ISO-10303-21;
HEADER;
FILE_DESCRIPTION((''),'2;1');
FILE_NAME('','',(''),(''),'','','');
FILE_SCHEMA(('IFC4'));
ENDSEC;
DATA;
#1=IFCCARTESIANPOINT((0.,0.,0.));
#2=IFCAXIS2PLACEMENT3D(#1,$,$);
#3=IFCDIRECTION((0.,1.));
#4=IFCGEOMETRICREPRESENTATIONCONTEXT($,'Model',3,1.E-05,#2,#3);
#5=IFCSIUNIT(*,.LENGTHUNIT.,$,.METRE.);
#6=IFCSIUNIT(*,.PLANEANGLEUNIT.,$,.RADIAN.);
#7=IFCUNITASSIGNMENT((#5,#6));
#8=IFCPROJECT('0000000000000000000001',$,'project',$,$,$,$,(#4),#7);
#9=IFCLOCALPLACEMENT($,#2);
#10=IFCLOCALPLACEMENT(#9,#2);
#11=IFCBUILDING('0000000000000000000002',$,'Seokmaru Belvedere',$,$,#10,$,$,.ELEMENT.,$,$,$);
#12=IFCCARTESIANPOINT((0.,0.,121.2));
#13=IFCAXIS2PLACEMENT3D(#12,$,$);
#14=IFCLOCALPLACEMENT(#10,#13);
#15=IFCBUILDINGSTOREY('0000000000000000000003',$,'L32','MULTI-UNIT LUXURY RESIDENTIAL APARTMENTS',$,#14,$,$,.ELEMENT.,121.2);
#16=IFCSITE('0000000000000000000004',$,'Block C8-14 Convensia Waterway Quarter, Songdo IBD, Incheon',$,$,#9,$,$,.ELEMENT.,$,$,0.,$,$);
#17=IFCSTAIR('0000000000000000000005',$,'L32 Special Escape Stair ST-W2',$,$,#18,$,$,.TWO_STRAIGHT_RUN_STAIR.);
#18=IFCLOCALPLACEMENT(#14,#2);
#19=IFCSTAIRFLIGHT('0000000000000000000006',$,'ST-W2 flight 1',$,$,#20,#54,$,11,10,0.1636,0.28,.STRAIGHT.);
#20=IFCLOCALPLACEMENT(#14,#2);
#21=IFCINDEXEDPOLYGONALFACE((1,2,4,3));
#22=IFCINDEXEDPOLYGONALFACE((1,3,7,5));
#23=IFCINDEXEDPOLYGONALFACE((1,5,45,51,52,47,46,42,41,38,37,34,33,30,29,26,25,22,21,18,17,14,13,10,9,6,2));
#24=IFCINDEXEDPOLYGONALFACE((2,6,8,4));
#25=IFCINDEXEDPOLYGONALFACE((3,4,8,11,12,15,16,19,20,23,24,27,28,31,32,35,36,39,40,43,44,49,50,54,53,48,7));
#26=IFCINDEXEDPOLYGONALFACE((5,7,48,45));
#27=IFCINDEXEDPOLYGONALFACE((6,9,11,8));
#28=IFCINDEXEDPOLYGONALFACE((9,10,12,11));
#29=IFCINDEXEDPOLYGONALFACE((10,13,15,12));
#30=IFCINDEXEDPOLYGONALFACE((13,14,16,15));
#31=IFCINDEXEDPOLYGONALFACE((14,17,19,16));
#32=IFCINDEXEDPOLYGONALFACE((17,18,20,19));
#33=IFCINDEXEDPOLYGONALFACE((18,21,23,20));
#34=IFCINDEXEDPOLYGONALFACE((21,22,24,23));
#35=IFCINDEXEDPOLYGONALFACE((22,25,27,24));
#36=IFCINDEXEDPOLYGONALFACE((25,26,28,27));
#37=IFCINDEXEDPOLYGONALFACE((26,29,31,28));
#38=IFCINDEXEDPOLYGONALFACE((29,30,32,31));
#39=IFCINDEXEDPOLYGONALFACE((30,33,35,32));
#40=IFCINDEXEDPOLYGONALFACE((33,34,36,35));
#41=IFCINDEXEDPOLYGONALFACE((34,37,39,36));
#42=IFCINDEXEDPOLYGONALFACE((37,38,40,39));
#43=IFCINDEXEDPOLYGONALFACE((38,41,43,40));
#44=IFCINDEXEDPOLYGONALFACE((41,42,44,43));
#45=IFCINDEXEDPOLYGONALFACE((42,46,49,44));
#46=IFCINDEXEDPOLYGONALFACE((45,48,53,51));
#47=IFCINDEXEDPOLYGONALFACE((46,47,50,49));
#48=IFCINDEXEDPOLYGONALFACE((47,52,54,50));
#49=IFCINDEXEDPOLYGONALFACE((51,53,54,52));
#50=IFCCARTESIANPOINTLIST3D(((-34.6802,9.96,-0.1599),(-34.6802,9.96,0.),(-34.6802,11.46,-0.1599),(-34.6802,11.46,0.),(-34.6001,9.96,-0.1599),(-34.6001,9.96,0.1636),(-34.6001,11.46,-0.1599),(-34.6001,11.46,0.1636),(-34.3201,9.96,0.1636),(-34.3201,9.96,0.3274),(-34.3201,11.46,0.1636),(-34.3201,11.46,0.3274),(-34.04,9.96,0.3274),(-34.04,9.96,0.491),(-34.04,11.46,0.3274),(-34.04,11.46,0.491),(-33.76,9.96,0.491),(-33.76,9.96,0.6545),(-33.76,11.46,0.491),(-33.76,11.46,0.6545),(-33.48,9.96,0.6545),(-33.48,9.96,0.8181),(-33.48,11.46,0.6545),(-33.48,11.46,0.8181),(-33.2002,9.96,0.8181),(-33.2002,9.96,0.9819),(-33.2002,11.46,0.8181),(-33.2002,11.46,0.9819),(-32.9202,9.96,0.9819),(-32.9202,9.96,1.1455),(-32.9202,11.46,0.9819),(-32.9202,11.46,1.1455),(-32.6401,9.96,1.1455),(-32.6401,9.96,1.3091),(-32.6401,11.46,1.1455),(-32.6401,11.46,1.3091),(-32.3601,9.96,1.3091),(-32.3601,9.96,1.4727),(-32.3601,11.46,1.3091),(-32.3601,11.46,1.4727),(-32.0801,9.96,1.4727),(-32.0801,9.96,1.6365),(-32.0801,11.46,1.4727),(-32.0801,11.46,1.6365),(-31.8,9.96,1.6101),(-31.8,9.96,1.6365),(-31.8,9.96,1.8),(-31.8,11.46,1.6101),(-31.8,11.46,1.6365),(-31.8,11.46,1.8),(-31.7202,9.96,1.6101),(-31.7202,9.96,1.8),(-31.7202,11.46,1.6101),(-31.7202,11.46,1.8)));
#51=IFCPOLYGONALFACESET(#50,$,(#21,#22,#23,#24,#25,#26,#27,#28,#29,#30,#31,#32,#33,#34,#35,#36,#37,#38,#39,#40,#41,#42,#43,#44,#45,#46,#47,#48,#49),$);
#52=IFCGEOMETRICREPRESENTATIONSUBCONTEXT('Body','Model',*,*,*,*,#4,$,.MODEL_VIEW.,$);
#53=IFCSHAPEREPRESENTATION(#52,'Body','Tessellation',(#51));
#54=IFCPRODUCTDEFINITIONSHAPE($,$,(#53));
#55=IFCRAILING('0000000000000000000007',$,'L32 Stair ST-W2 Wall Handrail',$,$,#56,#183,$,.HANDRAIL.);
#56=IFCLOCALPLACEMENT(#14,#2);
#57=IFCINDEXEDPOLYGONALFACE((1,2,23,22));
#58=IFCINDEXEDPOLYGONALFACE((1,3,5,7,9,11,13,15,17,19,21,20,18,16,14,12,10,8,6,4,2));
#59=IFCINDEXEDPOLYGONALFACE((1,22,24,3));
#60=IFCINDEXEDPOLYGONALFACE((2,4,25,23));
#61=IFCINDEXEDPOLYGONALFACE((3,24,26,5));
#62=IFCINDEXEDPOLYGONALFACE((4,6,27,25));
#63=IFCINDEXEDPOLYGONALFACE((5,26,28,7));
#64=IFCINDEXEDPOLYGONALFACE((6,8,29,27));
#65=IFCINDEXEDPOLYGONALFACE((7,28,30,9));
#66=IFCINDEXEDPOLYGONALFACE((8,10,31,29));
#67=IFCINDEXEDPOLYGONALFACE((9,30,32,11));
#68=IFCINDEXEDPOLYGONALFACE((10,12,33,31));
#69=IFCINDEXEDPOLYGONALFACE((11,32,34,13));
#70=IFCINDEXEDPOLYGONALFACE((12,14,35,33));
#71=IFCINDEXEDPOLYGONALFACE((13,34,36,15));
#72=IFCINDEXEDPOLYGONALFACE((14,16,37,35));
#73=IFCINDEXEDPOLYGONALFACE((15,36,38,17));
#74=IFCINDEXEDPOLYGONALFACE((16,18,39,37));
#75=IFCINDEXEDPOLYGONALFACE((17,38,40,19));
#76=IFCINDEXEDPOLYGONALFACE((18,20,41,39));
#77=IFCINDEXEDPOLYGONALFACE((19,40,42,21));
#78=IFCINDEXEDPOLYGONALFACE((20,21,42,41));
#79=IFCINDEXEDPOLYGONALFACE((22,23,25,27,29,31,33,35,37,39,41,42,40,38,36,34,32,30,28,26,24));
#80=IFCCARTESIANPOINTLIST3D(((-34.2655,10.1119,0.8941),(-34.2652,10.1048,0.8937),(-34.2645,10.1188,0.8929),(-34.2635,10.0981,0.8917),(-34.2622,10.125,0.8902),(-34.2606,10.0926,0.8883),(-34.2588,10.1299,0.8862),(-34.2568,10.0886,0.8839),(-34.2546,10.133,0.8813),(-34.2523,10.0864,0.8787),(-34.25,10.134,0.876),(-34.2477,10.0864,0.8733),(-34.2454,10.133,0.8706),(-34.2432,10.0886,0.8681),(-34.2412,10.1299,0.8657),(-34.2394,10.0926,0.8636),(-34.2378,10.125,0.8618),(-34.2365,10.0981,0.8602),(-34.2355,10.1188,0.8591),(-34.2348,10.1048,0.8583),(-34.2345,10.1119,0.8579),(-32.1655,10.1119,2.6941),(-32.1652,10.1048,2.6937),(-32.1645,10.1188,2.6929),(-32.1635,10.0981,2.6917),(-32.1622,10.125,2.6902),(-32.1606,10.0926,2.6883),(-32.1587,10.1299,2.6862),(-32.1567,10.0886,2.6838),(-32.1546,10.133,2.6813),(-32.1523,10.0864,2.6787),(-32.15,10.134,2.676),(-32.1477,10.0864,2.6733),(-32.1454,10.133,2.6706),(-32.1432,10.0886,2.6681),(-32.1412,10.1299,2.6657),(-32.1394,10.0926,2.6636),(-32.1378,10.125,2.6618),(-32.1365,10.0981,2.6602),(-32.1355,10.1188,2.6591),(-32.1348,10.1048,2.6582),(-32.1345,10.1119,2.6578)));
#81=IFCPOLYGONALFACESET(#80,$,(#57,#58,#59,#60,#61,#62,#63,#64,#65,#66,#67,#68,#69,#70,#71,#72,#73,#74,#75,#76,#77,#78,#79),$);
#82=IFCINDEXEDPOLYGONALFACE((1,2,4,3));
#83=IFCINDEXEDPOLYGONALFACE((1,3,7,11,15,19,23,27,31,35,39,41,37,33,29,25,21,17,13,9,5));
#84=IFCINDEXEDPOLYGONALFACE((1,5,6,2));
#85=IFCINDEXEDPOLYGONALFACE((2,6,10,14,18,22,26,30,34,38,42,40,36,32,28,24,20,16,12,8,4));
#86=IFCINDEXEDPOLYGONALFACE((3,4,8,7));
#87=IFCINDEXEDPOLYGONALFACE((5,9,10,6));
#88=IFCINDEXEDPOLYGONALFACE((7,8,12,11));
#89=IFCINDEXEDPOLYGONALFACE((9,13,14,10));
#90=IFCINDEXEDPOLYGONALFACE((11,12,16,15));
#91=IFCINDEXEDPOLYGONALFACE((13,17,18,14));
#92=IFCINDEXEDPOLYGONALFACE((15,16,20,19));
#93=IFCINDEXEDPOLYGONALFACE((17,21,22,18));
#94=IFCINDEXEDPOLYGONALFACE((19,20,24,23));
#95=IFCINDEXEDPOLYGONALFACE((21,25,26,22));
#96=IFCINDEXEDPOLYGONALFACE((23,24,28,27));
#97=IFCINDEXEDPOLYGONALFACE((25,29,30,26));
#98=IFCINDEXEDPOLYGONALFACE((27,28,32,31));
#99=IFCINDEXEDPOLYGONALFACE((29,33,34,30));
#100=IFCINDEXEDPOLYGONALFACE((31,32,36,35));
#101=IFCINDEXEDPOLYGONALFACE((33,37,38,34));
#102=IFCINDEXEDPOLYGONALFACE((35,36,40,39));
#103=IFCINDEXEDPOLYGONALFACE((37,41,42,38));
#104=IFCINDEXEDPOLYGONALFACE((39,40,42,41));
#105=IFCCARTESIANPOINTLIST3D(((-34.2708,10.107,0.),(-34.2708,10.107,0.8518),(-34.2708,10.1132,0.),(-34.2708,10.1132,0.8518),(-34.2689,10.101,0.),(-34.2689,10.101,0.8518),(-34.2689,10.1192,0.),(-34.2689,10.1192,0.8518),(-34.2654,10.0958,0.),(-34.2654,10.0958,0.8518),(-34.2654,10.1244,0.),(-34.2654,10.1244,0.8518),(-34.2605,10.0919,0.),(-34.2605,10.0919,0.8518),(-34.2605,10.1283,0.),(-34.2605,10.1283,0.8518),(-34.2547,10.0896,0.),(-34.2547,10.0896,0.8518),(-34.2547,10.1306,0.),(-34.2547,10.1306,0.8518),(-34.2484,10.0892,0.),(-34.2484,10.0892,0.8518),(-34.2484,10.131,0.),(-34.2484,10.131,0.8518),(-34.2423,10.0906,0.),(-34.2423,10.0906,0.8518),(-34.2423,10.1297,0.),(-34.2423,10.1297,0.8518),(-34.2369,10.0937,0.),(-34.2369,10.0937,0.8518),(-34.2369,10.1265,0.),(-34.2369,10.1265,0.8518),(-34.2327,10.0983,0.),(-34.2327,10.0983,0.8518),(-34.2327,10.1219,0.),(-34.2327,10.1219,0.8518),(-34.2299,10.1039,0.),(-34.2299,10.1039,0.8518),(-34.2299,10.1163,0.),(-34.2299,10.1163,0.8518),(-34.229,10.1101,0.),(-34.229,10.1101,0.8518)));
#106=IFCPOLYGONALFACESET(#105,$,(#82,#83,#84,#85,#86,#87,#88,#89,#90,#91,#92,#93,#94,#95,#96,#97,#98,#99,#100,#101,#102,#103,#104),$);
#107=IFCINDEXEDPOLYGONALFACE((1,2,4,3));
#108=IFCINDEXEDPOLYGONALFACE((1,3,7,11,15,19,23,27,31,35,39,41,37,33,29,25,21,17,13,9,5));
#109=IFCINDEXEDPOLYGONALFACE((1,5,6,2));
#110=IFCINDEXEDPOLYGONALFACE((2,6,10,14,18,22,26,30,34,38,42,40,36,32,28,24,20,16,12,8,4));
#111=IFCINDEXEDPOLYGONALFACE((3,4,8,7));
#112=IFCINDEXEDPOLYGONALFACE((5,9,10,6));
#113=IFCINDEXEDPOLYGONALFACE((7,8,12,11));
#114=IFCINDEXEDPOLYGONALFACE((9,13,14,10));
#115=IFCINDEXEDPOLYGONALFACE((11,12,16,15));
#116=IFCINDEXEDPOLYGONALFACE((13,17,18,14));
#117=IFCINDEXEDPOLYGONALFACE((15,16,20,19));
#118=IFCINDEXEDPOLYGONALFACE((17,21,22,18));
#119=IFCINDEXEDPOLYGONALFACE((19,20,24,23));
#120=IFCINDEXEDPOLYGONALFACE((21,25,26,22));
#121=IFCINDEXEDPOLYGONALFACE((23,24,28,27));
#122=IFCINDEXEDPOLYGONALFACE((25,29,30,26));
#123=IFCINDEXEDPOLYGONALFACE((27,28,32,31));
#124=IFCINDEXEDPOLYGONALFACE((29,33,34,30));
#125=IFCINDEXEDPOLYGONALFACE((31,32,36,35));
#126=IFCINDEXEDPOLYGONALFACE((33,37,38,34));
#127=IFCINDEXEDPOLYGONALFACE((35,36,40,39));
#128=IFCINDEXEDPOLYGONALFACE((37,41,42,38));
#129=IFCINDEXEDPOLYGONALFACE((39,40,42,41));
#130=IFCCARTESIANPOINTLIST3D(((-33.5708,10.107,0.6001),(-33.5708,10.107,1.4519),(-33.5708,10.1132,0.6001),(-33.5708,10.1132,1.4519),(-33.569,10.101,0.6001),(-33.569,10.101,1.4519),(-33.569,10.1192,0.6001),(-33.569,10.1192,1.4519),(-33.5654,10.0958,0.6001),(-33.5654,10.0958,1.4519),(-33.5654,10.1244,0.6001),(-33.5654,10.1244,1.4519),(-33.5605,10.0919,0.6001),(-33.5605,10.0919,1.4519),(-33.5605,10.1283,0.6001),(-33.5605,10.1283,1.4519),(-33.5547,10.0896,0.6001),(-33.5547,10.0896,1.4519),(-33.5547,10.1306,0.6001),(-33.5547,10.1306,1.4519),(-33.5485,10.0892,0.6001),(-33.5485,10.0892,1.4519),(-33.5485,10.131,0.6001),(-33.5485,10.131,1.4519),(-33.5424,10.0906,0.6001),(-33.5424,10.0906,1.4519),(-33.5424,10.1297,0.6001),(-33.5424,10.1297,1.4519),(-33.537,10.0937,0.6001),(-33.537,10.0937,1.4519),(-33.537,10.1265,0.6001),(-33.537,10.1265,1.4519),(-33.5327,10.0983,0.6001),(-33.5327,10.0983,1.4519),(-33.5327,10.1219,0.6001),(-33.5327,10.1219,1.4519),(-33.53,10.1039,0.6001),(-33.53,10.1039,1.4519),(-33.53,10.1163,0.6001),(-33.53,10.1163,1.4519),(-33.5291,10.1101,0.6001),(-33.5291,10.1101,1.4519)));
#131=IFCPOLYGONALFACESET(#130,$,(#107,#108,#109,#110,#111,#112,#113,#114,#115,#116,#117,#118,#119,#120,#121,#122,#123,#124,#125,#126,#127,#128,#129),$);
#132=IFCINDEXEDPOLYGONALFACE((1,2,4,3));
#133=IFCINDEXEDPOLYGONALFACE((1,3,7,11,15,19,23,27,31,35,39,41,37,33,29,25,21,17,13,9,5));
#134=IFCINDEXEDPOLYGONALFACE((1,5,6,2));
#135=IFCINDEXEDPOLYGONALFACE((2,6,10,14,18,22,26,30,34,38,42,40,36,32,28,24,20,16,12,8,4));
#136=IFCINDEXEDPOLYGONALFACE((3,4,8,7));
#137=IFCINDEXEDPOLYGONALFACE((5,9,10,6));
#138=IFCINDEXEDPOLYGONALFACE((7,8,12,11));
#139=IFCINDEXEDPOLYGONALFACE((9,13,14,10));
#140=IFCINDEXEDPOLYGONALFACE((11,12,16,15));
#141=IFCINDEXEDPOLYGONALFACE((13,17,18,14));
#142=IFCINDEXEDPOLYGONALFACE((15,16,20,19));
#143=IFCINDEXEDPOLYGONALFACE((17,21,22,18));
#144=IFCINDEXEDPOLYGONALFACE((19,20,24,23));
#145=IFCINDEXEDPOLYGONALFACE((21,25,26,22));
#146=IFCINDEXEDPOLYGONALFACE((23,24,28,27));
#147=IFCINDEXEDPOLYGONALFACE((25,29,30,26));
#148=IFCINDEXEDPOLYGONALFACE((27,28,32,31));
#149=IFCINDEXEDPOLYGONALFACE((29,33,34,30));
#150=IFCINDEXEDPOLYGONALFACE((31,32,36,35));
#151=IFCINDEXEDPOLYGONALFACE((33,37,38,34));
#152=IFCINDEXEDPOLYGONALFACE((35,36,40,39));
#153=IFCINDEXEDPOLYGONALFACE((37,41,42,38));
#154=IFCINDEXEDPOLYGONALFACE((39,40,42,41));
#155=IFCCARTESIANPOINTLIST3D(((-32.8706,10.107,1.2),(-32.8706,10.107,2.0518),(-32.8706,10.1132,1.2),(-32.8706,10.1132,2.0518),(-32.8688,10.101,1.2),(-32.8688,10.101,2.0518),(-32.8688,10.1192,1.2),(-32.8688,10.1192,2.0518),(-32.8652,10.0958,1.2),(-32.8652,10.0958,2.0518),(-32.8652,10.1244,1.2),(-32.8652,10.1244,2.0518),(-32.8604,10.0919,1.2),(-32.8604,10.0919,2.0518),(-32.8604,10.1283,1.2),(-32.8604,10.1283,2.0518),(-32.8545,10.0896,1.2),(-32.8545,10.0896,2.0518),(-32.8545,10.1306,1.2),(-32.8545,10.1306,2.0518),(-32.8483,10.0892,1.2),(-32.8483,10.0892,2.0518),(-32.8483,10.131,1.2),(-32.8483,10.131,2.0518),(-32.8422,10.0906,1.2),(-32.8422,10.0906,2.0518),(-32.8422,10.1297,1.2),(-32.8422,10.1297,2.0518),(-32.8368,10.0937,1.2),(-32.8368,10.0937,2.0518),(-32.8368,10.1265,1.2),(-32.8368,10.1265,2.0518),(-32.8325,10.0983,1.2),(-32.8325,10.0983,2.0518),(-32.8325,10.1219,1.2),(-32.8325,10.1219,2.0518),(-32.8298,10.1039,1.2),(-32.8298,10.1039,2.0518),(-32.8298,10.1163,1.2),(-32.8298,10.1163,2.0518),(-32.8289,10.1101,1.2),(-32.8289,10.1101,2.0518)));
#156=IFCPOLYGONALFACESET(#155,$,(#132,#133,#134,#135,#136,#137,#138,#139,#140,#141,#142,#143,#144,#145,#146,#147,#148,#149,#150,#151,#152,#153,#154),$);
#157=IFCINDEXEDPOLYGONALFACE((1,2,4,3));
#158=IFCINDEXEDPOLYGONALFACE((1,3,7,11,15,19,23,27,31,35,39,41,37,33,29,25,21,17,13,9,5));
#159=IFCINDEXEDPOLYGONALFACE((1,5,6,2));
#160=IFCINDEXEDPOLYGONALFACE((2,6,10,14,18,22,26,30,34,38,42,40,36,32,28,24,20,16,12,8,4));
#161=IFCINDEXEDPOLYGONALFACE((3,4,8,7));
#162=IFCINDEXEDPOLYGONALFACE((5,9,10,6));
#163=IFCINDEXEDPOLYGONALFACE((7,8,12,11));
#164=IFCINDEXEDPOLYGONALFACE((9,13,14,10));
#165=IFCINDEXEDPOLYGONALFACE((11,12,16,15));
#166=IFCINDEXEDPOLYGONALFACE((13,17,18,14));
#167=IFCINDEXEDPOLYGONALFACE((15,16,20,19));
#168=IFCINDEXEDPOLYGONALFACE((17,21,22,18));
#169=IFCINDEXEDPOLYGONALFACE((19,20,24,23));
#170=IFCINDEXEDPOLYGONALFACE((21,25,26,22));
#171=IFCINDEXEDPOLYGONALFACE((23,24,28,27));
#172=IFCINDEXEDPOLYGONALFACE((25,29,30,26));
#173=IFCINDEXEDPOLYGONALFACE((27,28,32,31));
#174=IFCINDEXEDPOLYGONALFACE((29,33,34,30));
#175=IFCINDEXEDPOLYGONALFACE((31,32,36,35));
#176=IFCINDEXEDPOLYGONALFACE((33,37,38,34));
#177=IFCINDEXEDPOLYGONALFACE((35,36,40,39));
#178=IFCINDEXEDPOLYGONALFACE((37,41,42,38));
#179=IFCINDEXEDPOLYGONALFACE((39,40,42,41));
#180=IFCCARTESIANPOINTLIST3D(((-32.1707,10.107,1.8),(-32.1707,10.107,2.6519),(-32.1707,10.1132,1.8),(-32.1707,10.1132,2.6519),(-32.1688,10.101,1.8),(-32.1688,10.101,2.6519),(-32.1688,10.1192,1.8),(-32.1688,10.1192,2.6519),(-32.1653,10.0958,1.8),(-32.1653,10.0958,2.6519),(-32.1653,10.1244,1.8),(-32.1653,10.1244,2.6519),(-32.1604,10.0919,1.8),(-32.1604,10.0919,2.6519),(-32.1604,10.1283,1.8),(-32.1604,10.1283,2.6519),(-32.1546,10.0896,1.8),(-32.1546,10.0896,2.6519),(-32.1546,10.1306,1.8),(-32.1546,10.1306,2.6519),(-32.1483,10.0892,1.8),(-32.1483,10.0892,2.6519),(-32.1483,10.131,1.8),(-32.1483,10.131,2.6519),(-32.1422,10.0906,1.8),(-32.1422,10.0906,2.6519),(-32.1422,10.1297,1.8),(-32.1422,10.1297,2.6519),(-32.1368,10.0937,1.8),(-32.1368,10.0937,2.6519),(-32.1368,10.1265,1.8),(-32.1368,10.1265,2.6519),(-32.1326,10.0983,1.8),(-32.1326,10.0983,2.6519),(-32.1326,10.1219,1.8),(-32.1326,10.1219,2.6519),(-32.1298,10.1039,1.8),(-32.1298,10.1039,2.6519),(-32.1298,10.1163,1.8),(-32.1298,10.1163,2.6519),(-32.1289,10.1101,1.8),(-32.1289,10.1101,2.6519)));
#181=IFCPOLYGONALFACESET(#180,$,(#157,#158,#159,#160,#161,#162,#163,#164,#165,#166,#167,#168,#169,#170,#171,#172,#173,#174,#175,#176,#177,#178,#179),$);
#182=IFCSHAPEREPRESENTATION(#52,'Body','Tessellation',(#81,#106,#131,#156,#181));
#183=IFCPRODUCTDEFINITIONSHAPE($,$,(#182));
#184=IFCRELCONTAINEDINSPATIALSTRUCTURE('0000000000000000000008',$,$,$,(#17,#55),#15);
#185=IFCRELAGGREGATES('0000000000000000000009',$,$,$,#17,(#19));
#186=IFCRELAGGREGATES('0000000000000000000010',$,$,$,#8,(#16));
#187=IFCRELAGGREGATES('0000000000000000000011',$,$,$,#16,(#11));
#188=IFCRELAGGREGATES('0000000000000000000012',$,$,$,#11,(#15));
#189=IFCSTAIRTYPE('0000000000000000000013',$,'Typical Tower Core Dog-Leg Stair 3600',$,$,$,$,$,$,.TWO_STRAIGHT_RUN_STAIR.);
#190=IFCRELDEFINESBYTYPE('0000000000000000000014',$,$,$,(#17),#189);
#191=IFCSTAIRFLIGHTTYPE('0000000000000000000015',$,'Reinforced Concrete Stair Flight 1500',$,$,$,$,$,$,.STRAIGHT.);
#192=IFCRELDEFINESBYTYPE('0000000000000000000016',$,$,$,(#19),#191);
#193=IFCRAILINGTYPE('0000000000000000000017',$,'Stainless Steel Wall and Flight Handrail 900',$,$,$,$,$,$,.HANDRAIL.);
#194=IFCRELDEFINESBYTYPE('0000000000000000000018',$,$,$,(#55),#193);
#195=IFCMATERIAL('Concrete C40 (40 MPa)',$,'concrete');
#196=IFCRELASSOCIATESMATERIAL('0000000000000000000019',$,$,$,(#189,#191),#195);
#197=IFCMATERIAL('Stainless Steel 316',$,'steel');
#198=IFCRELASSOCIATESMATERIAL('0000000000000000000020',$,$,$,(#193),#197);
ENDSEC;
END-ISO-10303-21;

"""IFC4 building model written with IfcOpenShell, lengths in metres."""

from ifc_helpers import new_model, si_unit, direction, frame, origin, origin_2d, place, context, subcontext, project, spatial, polyline, circle, outline, extrude, material, type_object, element, aggregate, save


model = new_model("IFC4")

# Units and contexts
model_context = context("Model", 3, precision=1e-05, world=origin(), true_north=direction((0.0, 1.0)))
body_context = subcontext(model_context, "Body", "Model", "MODEL_VIEW")
ifc_project = project(units=[si_unit("LENGTHUNIT", "METRE"), si_unit("PLANEANGLEUNIT", "RADIAN")], contexts=[model_context])

# Site, building, storey
site_placement = place(None, origin())
site = spatial("IfcSite", under=ifc_project, at=site_placement, Name="Block C8-14 Convensia Waterway Quarter, Songdo IBD, Incheon", CompositionType="ELEMENT", RefElevation=0.0)
building_placement = place(site_placement, origin())
building = spatial("IfcBuilding", under=site, at=building_placement, Name="Seokmaru Belvedere", CompositionType="ELEMENT")
storey_placement = place(building_placement, frame((0.0, 0.0, 121.2)))
storey = spatial("IfcBuildingStorey", under=building, at=storey_placement, Name="L32", Description="MULTI-UNIT LUXURY RESIDENTIAL APARTMENTS", CompositionType="ELEMENT", Elevation=121.2)

# Stair, stair flight
ifc_material_1 = material(Name="Concrete C40 (40 MPa)", Category="concrete")
stair_type = type_object("IfcStairType", Name="Typical Tower Core Dog-Leg Stair 3600", PredefinedType="TWO_STRAIGHT_RUN_STAIR", material=ifc_material_1)
stair_placement = place(storey_placement, origin())
stair = element("IfcStair", 1, at=stair_placement, inside=storey, type_object=stair_type, Name="L32 Special Escape Stair ST-W2", PredefinedType="TWO_STRAIGHT_RUN_STAIR")
stair_flight_type = type_object("IfcStairFlightType", Name="Reinforced Concrete Stair Flight 1500", PredefinedType="STRAIGHT", material=ifc_material_1)
stair_flight_placement = place(storey_placement, frame((-34.6001, 10.71, 0.0), z_axis=(0.0, 0.0, 1.0), x_axis=(1.0, 0.0, 0.0)))
stair_flight = element("IfcStairFlight", 2, at=stair_flight_placement, type_object=stair_flight_type, Name="ST-W2 flight 1", NumberOfRisers=11, NumberOfTreads=10, PredefinedType="STRAIGHT", RiserHeight=0.1636, TreadLength=0.28, context=body_context, shape_type="SweptSolid", body=[
    extrude(outline(polyline([(-0.0801, 0.0), (0.0, 0.1636), (0.28, 0.1636), (0.28, 0.3274), (0.5601, 0.3274), (0.5601, 0.491), (0.8401, 0.491), (0.8401, 0.6545), (1.1201, 0.6545), (1.1201, 0.8181), (1.3999, 0.8181), (1.3999, 0.9819), (1.6799, 0.9819), (1.6799, 1.1455), (1.96, 1.1455), (1.96, 1.3091), (2.24, 1.3091), (2.24, 1.4727), (2.52, 1.4727), (2.52, 1.6365), (2.8, 1.6365), (2.8, 1.8), (2.8799, 1.8), (2.8799, 1.6101), (2.8, 1.6101), (0.0, -0.1599), (-0.0801, -0.1599), (-0.0801, 0.0)])), frame((0.0, 0.75, 0.0), z_axis=(0.0, -1.0, 0.0), x_axis=(1.0, 0.0, 0.0)), (0.0, 0.0, 1.0), 1.5),
])
aggregate(stair, [stair_flight])

# Railing
ifc_material_2 = material(Name="Stainless Steel 316", Category="steel")
railing_type = type_object("IfcRailingType", Name="Stainless Steel Wall and Flight Handrail 900", PredefinedType="HANDRAIL", material=ifc_material_2)
railing_placement = place(storey_placement, frame((-34.25, 10.1101, 0.0)))
element("IfcRailing", 3, at=railing_placement, inside=storey, type_object=railing_type, Name="L32 Stair ST-W2 Wall Handrail", PredefinedType="HANDRAIL", context=body_context, shape_type="SweptSolid", body=[
    extrude(circle(Radius=0.0239, at=origin_2d()), frame((0.0, 0.0, 0.876), z_axis=(0.759263, 0.0, 0.650784), x_axis=(0.0, 1.0, 0.0)), (0.0, 0.0, 1.0), 2.7659),
    extrude(circle(Radius=0.021, at=origin_2d()), origin(), (0.0, 0.0, 1.0), 0.8518),
    extrude(circle(Radius=0.021, at=origin_2d()), frame((0.7, 0.0, 0.6001)), (0.0, 0.0, 1.0), 0.8518),
    extrude(circle(Radius=0.021, at=origin_2d()), frame((1.4001, 0.0, 1.2)), (0.0, 0.0, 1.0), 0.8518),
    extrude(circle(Radius=0.021, at=origin_2d()), frame((2.1001, 0.0, 1.8)), (0.0, 0.0, 1.0), 0.8518),
])

save(model, "model.ifc")
